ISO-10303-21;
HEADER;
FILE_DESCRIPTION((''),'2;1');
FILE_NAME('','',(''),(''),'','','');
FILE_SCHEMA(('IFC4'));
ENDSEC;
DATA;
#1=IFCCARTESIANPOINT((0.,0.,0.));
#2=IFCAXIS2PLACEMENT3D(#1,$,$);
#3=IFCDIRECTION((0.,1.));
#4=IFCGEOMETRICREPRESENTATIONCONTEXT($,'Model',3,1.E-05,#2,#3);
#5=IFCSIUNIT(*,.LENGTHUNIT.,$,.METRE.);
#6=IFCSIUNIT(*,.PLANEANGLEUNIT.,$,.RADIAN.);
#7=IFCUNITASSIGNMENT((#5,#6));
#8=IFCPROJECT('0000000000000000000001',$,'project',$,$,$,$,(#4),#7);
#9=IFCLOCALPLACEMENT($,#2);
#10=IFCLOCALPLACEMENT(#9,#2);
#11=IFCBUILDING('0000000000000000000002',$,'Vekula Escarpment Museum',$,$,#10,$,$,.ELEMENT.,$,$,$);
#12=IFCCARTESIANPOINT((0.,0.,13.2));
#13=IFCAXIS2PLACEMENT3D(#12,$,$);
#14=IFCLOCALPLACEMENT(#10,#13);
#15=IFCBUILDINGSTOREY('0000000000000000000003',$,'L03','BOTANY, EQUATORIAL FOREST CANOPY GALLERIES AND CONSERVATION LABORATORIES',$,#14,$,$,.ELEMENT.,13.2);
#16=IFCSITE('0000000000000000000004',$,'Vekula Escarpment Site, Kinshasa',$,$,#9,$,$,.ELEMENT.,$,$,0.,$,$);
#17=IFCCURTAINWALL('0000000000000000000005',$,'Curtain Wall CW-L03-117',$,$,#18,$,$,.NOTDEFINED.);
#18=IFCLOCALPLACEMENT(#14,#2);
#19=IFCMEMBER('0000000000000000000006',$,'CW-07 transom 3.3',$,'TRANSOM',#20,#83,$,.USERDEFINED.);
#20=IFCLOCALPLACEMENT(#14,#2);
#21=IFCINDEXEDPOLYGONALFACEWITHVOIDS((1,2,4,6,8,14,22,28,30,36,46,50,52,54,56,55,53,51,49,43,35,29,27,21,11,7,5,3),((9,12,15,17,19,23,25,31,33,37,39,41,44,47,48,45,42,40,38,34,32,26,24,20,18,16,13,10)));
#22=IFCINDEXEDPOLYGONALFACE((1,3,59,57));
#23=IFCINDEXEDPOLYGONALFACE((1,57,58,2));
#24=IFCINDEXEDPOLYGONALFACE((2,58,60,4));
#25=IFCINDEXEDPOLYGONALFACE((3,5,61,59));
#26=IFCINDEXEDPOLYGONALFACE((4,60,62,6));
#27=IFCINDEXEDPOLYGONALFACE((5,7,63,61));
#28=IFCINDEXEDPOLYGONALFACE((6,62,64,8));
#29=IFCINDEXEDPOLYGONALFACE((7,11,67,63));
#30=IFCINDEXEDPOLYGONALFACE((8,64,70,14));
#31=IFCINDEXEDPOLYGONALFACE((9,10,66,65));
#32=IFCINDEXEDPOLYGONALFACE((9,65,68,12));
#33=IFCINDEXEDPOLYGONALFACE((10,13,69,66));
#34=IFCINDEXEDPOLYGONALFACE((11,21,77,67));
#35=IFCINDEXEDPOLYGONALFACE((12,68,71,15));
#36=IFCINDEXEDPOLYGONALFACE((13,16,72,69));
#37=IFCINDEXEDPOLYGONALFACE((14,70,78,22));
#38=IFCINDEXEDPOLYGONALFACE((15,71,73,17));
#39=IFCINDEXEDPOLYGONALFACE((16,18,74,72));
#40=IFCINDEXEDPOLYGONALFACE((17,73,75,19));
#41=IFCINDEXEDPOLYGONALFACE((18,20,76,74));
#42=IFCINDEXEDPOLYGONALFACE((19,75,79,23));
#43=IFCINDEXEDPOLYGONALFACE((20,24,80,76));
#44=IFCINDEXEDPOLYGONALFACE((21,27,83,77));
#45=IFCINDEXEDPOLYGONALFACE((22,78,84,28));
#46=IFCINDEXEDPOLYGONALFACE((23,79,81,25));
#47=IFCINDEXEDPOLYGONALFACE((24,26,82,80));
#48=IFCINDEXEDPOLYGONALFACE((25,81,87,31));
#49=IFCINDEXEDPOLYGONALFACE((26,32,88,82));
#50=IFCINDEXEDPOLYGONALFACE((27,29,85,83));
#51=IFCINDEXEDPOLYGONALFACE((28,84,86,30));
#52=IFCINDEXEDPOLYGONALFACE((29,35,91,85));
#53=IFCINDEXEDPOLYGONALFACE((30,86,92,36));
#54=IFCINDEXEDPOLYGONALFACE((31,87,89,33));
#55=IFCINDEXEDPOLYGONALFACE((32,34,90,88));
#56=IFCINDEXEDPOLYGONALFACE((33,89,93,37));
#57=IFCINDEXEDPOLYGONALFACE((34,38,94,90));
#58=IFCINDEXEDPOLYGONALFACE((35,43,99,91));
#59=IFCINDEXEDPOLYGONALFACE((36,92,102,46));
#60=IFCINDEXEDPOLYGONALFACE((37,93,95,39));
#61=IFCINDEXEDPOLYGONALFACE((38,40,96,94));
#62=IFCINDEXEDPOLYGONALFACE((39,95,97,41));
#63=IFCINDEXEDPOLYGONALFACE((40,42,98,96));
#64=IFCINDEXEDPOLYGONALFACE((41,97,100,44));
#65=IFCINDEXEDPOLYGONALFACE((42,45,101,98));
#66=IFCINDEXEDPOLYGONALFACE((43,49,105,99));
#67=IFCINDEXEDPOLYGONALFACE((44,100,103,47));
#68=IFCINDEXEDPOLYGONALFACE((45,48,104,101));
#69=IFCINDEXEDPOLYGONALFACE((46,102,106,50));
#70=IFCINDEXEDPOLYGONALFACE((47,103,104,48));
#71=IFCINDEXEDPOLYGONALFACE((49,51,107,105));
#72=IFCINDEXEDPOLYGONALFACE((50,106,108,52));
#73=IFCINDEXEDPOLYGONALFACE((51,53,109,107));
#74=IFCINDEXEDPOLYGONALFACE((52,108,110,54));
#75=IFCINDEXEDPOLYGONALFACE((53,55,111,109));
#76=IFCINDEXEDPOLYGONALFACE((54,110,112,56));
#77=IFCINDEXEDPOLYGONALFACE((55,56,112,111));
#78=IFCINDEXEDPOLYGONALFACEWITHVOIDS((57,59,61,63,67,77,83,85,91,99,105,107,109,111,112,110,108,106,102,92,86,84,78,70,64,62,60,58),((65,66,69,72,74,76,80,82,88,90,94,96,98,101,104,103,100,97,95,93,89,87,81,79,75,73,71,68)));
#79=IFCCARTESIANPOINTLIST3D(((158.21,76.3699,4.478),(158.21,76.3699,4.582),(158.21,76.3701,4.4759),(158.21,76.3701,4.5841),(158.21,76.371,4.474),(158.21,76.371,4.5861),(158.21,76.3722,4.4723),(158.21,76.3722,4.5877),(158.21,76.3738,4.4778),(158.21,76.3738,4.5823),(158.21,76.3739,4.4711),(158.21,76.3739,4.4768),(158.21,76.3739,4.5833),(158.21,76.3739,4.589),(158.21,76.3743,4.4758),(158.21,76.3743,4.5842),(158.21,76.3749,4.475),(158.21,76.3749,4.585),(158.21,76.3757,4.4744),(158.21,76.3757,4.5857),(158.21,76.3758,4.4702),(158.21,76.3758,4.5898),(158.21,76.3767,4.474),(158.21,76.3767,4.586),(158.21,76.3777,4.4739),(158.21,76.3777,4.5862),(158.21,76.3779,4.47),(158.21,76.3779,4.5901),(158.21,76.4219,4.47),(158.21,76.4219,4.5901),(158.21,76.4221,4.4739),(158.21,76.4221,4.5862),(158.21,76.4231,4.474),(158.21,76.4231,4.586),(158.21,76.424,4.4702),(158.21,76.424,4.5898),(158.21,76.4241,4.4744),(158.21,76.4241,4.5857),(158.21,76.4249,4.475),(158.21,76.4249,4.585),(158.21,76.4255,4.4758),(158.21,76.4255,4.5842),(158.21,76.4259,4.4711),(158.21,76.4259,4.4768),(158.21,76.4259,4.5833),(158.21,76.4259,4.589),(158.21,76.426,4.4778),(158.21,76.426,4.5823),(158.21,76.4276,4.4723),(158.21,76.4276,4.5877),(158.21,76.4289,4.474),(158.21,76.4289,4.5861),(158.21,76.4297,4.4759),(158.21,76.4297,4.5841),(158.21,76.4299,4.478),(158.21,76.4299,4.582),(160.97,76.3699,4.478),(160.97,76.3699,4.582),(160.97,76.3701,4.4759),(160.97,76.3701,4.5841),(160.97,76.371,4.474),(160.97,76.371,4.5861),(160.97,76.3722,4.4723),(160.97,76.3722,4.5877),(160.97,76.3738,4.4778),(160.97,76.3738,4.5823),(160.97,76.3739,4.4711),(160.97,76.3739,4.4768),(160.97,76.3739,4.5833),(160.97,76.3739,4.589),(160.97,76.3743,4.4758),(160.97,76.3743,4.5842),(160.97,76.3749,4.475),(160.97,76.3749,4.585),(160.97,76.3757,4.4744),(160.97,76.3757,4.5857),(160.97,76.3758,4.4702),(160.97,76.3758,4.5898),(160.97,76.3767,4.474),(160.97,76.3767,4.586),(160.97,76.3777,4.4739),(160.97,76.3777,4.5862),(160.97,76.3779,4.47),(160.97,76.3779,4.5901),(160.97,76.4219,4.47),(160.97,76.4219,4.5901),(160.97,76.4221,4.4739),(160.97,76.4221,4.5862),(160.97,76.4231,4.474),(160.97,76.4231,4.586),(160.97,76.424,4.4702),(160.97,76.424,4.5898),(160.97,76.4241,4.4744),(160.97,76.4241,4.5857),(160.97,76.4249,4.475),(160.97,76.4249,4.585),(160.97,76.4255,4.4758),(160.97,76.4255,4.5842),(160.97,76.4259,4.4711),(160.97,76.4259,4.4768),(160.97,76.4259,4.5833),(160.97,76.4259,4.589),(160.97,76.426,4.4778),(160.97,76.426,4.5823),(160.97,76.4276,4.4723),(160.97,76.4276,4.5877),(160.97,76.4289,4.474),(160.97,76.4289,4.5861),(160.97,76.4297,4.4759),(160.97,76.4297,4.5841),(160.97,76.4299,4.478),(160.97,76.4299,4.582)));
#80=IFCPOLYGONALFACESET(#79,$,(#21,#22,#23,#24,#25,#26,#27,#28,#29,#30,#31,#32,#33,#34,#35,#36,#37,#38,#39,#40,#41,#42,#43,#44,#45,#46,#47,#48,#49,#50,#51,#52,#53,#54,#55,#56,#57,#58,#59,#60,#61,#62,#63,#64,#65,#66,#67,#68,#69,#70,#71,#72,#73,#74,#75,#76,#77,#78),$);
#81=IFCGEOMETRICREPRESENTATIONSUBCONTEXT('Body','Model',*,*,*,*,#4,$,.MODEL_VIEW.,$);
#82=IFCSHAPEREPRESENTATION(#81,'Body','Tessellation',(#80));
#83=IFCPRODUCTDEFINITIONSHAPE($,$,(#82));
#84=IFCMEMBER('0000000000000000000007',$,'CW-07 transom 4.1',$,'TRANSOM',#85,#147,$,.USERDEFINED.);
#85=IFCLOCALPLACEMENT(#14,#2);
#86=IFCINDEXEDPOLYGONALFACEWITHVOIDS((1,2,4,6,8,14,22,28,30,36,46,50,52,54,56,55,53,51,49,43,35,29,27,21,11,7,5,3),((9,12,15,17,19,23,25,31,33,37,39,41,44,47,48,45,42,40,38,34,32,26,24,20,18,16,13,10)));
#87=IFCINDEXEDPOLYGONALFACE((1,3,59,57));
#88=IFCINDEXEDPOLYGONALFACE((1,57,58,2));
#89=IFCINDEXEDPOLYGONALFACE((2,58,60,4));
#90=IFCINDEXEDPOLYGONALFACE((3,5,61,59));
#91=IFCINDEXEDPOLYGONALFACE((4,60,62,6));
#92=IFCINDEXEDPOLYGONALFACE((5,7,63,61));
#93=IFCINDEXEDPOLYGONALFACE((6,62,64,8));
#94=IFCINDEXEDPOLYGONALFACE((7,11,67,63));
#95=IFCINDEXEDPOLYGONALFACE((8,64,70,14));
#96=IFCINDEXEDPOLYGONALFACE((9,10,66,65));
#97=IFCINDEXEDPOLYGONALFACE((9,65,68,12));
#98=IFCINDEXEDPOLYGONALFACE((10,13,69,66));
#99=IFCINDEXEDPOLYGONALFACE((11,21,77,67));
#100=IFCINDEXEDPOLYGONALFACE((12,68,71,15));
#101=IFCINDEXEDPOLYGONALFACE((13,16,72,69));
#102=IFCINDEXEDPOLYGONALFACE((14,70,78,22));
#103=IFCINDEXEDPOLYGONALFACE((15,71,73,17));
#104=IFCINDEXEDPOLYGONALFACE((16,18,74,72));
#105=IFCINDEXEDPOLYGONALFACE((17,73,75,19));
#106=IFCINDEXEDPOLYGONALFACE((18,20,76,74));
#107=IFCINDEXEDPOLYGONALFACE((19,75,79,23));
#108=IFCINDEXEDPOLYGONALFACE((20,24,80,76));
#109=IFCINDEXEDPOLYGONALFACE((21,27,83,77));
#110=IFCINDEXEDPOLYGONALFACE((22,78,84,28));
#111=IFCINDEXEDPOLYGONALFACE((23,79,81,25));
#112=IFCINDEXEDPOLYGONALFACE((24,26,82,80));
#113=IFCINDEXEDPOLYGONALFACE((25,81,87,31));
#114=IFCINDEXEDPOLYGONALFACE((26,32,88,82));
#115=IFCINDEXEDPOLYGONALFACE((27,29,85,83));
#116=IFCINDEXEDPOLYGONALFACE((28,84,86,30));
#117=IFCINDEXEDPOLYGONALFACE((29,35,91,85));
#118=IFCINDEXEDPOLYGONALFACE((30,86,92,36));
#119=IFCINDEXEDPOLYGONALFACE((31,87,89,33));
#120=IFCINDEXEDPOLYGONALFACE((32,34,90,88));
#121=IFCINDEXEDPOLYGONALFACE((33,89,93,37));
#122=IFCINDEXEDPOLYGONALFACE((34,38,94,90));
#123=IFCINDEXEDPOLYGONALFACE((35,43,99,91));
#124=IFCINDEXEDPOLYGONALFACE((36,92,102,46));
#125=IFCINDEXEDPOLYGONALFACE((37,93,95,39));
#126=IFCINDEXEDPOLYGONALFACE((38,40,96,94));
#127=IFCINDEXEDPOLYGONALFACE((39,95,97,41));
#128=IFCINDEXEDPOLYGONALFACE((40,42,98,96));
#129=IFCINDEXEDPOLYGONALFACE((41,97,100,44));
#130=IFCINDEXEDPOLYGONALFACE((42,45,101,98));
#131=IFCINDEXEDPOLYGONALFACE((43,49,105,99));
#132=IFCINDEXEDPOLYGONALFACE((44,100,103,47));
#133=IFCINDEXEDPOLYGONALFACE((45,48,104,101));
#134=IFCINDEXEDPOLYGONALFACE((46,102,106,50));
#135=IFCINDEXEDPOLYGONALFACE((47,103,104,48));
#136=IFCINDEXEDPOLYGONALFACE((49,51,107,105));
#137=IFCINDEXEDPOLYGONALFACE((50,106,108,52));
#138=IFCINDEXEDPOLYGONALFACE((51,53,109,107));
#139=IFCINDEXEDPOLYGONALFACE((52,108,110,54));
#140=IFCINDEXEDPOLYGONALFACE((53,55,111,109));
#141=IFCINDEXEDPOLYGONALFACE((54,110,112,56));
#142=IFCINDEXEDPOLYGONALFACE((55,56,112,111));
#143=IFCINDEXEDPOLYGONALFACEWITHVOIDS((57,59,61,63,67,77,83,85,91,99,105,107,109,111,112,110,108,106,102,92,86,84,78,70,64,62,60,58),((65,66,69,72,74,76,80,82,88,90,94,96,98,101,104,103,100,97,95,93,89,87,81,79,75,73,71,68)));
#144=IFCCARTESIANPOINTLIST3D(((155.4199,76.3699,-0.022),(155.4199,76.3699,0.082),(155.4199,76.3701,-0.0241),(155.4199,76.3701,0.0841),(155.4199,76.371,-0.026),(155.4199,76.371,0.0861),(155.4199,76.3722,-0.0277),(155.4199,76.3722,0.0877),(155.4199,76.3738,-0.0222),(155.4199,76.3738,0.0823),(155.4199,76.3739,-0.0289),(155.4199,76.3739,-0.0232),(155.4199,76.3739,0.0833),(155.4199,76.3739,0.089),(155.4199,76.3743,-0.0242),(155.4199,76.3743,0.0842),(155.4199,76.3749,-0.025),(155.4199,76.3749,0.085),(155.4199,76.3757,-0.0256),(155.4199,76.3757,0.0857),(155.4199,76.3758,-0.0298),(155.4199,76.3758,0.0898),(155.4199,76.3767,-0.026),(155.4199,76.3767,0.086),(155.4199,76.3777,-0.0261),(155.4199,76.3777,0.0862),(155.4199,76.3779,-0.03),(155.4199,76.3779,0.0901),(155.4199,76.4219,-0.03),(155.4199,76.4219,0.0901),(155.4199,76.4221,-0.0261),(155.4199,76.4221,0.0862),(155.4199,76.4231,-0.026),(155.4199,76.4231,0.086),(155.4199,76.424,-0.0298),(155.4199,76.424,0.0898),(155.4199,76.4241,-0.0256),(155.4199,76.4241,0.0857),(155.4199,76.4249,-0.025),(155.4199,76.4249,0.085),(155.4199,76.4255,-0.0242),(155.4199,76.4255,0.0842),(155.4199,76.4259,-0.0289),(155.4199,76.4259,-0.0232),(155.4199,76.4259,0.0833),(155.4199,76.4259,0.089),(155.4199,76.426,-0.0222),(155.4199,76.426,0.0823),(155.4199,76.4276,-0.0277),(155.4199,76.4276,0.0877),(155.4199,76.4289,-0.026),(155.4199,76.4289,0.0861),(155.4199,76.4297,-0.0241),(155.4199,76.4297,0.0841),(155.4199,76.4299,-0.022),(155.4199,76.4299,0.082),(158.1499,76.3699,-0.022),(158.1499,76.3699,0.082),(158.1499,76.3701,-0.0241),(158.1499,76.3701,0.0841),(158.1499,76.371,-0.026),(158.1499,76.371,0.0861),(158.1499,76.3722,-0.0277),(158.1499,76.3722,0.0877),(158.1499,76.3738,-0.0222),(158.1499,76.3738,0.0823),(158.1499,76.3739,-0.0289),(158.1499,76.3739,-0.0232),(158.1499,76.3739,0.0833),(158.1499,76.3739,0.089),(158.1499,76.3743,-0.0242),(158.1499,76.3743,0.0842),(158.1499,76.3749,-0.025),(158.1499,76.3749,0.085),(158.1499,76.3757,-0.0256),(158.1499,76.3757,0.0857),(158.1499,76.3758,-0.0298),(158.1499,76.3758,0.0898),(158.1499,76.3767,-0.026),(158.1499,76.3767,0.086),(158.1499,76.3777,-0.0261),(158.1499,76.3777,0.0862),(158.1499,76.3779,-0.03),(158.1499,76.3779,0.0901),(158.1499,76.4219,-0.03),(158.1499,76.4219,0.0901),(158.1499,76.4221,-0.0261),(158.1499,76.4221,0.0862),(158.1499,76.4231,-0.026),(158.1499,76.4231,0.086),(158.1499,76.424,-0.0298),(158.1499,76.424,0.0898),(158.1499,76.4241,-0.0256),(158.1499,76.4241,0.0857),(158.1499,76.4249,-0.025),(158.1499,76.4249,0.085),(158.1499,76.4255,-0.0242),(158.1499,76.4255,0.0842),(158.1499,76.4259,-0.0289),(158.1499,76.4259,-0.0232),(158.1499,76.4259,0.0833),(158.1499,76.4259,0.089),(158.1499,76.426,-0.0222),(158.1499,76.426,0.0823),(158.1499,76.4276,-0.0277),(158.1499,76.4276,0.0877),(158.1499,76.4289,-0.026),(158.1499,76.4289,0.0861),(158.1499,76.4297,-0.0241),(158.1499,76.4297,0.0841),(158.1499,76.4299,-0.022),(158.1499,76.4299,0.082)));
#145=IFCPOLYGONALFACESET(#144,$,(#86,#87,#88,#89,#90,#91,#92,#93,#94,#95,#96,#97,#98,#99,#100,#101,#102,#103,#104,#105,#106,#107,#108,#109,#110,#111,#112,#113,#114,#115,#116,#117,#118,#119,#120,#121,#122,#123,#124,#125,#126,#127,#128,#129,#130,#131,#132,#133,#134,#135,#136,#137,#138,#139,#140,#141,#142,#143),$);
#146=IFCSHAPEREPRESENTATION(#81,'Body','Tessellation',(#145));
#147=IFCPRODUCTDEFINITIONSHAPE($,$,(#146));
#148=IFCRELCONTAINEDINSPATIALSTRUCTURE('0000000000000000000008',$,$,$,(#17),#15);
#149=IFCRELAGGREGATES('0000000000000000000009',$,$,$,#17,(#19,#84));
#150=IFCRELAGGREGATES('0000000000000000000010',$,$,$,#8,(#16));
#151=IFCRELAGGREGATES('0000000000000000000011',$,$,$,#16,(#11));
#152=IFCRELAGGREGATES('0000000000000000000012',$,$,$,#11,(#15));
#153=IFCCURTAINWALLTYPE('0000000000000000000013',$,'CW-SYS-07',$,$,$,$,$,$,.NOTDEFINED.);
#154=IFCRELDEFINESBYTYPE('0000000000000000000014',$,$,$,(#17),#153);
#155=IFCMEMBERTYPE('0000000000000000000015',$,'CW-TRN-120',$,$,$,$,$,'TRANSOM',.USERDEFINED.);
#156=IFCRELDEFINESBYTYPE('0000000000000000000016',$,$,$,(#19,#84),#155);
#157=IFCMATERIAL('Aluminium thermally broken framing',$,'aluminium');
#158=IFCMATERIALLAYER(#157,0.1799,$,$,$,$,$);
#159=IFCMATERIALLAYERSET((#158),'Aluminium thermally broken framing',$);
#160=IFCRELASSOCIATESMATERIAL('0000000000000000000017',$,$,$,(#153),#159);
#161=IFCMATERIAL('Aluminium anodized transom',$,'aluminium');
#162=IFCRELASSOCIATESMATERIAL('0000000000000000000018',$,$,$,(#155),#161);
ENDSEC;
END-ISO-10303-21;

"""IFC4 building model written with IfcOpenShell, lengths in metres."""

from ifc_helpers import new_model, si_unit, direction, frame, origin, origin_2d, place, context, subcontext, project, spatial, hollow_rectangle, extrude, material, layer, layer_set, material_profile, profile_set, type_object, element, aggregate, save


model = new_model("IFC4")

# Units and contexts
model_context = context("Model", 3, precision=1e-05, world=origin(), true_north=direction((0.0, 1.0)))
body_context = subcontext(model_context, "Body", "Model", "MODEL_VIEW")
ifc_project = project(units=[si_unit("LENGTHUNIT", "METRE"), si_unit("PLANEANGLEUNIT", "RADIAN")], contexts=[model_context])

# Site, building, storey
site_placement = place(None, origin())
site = spatial("IfcSite", under=ifc_project, at=site_placement, Name="Vekula Escarpment Site, Kinshasa", CompositionType="ELEMENT", RefElevation=0.0)
building_placement = place(site_placement, origin())
building = spatial("IfcBuilding", under=site, at=building_placement, Name="Vekula Escarpment Museum", CompositionType="ELEMENT")
storey_placement = place(building_placement, frame((0.0, 0.0, 13.2)))
storey = spatial("IfcBuildingStorey", under=building, at=storey_placement, Name="L03", Description="BOTANY, EQUATORIAL FOREST CANOPY GALLERIES AND CONSERVATION LABORATORIES", CompositionType="ELEMENT", Elevation=13.2)

# Curtain wall
ifc_material_1 = material(Name="Aluminium thermally broken framing", Category="aluminium")
ifc_layer_1 = layer(ifc_material_1, 0.1799)
ifc_layer_set_1 = layer_set([ifc_layer_1], Name="Aluminium thermally broken framing")
curtain_wall_type_1 = type_object("IfcCurtainWallType", Name="CW-SYS-07", PredefinedType="NOTDEFINED", material=ifc_layer_set_1)
curtain_wall_1_placement = place(storey_placement, origin())
curtain_wall_1 = element("IfcCurtainWall", 1, at=curtain_wall_1_placement, inside=storey, type_object=curtain_wall_type_1, Name="Curtain Wall CW-L03-117", PredefinedType="NOTDEFINED")

# Members
ifc_material_2 = material(Name="Aluminium anodized transom", Category="aluminium")
ifc_material_profile_1 = material_profile(ifc_material_2, hollow_rectangle(XDim=0.0601, YDim=0.1201, WallThickness=0.0039, InnerFilletRadius=0.0039, OuterFilletRadius=0.0081, at=origin_2d()), Name="ALU 120x60x4")
ifc_profile_set_1 = profile_set([ifc_material_profile_1], Name="Aluminium anodized transom")
member_type_1 = type_object("IfcMemberType", Name="CW-TRN-120", ElementType="TRANSOM", PredefinedType="USERDEFINED", material=ifc_profile_set_1)
member_1_placement = place(storey_placement, frame((160.97, 76.3999, 4.53), z_axis=(-1.0, 0.0, 0.0), x_axis=(0.0, -1.0, 0.0)))
member_1 = element("IfcMember", 2, at=member_1_placement, type_object=member_type_1, Name="CW-07 transom 3.3", ObjectType="TRANSOM", PredefinedType="USERDEFINED", context=body_context, shape_type="SweptSolid", body=[
    extrude(hollow_rectangle(XDim=0.0601, YDim=0.1201, WallThickness=0.0039, InnerFilletRadius=0.0039, OuterFilletRadius=0.0081, at=origin_2d()), origin(), (0.0, 0.0, 1.0), 2.76),
])
member_2_placement = place(storey_placement, frame((158.1499, 76.3999, 0.03), z_axis=(-1.0, 0.0, 0.0), x_axis=(0.0, -1.0, 0.0)))
member_2 = element("IfcMember", 3, at=member_2_placement, type_object=member_type_1, Name="CW-07 transom 4.1", ObjectType="TRANSOM", PredefinedType="USERDEFINED", context=body_context, shape_type="SweptSolid", body=[
    extrude(hollow_rectangle(XDim=0.0601, YDim=0.1201, WallThickness=0.0039, InnerFilletRadius=0.0039, OuterFilletRadius=0.0081, at=origin_2d()), origin(), (0.0, 0.0, 1.0), 2.73),
])

aggregate(curtain_wall_1, [member_1, member_2])

save(model, "model.ifc")
